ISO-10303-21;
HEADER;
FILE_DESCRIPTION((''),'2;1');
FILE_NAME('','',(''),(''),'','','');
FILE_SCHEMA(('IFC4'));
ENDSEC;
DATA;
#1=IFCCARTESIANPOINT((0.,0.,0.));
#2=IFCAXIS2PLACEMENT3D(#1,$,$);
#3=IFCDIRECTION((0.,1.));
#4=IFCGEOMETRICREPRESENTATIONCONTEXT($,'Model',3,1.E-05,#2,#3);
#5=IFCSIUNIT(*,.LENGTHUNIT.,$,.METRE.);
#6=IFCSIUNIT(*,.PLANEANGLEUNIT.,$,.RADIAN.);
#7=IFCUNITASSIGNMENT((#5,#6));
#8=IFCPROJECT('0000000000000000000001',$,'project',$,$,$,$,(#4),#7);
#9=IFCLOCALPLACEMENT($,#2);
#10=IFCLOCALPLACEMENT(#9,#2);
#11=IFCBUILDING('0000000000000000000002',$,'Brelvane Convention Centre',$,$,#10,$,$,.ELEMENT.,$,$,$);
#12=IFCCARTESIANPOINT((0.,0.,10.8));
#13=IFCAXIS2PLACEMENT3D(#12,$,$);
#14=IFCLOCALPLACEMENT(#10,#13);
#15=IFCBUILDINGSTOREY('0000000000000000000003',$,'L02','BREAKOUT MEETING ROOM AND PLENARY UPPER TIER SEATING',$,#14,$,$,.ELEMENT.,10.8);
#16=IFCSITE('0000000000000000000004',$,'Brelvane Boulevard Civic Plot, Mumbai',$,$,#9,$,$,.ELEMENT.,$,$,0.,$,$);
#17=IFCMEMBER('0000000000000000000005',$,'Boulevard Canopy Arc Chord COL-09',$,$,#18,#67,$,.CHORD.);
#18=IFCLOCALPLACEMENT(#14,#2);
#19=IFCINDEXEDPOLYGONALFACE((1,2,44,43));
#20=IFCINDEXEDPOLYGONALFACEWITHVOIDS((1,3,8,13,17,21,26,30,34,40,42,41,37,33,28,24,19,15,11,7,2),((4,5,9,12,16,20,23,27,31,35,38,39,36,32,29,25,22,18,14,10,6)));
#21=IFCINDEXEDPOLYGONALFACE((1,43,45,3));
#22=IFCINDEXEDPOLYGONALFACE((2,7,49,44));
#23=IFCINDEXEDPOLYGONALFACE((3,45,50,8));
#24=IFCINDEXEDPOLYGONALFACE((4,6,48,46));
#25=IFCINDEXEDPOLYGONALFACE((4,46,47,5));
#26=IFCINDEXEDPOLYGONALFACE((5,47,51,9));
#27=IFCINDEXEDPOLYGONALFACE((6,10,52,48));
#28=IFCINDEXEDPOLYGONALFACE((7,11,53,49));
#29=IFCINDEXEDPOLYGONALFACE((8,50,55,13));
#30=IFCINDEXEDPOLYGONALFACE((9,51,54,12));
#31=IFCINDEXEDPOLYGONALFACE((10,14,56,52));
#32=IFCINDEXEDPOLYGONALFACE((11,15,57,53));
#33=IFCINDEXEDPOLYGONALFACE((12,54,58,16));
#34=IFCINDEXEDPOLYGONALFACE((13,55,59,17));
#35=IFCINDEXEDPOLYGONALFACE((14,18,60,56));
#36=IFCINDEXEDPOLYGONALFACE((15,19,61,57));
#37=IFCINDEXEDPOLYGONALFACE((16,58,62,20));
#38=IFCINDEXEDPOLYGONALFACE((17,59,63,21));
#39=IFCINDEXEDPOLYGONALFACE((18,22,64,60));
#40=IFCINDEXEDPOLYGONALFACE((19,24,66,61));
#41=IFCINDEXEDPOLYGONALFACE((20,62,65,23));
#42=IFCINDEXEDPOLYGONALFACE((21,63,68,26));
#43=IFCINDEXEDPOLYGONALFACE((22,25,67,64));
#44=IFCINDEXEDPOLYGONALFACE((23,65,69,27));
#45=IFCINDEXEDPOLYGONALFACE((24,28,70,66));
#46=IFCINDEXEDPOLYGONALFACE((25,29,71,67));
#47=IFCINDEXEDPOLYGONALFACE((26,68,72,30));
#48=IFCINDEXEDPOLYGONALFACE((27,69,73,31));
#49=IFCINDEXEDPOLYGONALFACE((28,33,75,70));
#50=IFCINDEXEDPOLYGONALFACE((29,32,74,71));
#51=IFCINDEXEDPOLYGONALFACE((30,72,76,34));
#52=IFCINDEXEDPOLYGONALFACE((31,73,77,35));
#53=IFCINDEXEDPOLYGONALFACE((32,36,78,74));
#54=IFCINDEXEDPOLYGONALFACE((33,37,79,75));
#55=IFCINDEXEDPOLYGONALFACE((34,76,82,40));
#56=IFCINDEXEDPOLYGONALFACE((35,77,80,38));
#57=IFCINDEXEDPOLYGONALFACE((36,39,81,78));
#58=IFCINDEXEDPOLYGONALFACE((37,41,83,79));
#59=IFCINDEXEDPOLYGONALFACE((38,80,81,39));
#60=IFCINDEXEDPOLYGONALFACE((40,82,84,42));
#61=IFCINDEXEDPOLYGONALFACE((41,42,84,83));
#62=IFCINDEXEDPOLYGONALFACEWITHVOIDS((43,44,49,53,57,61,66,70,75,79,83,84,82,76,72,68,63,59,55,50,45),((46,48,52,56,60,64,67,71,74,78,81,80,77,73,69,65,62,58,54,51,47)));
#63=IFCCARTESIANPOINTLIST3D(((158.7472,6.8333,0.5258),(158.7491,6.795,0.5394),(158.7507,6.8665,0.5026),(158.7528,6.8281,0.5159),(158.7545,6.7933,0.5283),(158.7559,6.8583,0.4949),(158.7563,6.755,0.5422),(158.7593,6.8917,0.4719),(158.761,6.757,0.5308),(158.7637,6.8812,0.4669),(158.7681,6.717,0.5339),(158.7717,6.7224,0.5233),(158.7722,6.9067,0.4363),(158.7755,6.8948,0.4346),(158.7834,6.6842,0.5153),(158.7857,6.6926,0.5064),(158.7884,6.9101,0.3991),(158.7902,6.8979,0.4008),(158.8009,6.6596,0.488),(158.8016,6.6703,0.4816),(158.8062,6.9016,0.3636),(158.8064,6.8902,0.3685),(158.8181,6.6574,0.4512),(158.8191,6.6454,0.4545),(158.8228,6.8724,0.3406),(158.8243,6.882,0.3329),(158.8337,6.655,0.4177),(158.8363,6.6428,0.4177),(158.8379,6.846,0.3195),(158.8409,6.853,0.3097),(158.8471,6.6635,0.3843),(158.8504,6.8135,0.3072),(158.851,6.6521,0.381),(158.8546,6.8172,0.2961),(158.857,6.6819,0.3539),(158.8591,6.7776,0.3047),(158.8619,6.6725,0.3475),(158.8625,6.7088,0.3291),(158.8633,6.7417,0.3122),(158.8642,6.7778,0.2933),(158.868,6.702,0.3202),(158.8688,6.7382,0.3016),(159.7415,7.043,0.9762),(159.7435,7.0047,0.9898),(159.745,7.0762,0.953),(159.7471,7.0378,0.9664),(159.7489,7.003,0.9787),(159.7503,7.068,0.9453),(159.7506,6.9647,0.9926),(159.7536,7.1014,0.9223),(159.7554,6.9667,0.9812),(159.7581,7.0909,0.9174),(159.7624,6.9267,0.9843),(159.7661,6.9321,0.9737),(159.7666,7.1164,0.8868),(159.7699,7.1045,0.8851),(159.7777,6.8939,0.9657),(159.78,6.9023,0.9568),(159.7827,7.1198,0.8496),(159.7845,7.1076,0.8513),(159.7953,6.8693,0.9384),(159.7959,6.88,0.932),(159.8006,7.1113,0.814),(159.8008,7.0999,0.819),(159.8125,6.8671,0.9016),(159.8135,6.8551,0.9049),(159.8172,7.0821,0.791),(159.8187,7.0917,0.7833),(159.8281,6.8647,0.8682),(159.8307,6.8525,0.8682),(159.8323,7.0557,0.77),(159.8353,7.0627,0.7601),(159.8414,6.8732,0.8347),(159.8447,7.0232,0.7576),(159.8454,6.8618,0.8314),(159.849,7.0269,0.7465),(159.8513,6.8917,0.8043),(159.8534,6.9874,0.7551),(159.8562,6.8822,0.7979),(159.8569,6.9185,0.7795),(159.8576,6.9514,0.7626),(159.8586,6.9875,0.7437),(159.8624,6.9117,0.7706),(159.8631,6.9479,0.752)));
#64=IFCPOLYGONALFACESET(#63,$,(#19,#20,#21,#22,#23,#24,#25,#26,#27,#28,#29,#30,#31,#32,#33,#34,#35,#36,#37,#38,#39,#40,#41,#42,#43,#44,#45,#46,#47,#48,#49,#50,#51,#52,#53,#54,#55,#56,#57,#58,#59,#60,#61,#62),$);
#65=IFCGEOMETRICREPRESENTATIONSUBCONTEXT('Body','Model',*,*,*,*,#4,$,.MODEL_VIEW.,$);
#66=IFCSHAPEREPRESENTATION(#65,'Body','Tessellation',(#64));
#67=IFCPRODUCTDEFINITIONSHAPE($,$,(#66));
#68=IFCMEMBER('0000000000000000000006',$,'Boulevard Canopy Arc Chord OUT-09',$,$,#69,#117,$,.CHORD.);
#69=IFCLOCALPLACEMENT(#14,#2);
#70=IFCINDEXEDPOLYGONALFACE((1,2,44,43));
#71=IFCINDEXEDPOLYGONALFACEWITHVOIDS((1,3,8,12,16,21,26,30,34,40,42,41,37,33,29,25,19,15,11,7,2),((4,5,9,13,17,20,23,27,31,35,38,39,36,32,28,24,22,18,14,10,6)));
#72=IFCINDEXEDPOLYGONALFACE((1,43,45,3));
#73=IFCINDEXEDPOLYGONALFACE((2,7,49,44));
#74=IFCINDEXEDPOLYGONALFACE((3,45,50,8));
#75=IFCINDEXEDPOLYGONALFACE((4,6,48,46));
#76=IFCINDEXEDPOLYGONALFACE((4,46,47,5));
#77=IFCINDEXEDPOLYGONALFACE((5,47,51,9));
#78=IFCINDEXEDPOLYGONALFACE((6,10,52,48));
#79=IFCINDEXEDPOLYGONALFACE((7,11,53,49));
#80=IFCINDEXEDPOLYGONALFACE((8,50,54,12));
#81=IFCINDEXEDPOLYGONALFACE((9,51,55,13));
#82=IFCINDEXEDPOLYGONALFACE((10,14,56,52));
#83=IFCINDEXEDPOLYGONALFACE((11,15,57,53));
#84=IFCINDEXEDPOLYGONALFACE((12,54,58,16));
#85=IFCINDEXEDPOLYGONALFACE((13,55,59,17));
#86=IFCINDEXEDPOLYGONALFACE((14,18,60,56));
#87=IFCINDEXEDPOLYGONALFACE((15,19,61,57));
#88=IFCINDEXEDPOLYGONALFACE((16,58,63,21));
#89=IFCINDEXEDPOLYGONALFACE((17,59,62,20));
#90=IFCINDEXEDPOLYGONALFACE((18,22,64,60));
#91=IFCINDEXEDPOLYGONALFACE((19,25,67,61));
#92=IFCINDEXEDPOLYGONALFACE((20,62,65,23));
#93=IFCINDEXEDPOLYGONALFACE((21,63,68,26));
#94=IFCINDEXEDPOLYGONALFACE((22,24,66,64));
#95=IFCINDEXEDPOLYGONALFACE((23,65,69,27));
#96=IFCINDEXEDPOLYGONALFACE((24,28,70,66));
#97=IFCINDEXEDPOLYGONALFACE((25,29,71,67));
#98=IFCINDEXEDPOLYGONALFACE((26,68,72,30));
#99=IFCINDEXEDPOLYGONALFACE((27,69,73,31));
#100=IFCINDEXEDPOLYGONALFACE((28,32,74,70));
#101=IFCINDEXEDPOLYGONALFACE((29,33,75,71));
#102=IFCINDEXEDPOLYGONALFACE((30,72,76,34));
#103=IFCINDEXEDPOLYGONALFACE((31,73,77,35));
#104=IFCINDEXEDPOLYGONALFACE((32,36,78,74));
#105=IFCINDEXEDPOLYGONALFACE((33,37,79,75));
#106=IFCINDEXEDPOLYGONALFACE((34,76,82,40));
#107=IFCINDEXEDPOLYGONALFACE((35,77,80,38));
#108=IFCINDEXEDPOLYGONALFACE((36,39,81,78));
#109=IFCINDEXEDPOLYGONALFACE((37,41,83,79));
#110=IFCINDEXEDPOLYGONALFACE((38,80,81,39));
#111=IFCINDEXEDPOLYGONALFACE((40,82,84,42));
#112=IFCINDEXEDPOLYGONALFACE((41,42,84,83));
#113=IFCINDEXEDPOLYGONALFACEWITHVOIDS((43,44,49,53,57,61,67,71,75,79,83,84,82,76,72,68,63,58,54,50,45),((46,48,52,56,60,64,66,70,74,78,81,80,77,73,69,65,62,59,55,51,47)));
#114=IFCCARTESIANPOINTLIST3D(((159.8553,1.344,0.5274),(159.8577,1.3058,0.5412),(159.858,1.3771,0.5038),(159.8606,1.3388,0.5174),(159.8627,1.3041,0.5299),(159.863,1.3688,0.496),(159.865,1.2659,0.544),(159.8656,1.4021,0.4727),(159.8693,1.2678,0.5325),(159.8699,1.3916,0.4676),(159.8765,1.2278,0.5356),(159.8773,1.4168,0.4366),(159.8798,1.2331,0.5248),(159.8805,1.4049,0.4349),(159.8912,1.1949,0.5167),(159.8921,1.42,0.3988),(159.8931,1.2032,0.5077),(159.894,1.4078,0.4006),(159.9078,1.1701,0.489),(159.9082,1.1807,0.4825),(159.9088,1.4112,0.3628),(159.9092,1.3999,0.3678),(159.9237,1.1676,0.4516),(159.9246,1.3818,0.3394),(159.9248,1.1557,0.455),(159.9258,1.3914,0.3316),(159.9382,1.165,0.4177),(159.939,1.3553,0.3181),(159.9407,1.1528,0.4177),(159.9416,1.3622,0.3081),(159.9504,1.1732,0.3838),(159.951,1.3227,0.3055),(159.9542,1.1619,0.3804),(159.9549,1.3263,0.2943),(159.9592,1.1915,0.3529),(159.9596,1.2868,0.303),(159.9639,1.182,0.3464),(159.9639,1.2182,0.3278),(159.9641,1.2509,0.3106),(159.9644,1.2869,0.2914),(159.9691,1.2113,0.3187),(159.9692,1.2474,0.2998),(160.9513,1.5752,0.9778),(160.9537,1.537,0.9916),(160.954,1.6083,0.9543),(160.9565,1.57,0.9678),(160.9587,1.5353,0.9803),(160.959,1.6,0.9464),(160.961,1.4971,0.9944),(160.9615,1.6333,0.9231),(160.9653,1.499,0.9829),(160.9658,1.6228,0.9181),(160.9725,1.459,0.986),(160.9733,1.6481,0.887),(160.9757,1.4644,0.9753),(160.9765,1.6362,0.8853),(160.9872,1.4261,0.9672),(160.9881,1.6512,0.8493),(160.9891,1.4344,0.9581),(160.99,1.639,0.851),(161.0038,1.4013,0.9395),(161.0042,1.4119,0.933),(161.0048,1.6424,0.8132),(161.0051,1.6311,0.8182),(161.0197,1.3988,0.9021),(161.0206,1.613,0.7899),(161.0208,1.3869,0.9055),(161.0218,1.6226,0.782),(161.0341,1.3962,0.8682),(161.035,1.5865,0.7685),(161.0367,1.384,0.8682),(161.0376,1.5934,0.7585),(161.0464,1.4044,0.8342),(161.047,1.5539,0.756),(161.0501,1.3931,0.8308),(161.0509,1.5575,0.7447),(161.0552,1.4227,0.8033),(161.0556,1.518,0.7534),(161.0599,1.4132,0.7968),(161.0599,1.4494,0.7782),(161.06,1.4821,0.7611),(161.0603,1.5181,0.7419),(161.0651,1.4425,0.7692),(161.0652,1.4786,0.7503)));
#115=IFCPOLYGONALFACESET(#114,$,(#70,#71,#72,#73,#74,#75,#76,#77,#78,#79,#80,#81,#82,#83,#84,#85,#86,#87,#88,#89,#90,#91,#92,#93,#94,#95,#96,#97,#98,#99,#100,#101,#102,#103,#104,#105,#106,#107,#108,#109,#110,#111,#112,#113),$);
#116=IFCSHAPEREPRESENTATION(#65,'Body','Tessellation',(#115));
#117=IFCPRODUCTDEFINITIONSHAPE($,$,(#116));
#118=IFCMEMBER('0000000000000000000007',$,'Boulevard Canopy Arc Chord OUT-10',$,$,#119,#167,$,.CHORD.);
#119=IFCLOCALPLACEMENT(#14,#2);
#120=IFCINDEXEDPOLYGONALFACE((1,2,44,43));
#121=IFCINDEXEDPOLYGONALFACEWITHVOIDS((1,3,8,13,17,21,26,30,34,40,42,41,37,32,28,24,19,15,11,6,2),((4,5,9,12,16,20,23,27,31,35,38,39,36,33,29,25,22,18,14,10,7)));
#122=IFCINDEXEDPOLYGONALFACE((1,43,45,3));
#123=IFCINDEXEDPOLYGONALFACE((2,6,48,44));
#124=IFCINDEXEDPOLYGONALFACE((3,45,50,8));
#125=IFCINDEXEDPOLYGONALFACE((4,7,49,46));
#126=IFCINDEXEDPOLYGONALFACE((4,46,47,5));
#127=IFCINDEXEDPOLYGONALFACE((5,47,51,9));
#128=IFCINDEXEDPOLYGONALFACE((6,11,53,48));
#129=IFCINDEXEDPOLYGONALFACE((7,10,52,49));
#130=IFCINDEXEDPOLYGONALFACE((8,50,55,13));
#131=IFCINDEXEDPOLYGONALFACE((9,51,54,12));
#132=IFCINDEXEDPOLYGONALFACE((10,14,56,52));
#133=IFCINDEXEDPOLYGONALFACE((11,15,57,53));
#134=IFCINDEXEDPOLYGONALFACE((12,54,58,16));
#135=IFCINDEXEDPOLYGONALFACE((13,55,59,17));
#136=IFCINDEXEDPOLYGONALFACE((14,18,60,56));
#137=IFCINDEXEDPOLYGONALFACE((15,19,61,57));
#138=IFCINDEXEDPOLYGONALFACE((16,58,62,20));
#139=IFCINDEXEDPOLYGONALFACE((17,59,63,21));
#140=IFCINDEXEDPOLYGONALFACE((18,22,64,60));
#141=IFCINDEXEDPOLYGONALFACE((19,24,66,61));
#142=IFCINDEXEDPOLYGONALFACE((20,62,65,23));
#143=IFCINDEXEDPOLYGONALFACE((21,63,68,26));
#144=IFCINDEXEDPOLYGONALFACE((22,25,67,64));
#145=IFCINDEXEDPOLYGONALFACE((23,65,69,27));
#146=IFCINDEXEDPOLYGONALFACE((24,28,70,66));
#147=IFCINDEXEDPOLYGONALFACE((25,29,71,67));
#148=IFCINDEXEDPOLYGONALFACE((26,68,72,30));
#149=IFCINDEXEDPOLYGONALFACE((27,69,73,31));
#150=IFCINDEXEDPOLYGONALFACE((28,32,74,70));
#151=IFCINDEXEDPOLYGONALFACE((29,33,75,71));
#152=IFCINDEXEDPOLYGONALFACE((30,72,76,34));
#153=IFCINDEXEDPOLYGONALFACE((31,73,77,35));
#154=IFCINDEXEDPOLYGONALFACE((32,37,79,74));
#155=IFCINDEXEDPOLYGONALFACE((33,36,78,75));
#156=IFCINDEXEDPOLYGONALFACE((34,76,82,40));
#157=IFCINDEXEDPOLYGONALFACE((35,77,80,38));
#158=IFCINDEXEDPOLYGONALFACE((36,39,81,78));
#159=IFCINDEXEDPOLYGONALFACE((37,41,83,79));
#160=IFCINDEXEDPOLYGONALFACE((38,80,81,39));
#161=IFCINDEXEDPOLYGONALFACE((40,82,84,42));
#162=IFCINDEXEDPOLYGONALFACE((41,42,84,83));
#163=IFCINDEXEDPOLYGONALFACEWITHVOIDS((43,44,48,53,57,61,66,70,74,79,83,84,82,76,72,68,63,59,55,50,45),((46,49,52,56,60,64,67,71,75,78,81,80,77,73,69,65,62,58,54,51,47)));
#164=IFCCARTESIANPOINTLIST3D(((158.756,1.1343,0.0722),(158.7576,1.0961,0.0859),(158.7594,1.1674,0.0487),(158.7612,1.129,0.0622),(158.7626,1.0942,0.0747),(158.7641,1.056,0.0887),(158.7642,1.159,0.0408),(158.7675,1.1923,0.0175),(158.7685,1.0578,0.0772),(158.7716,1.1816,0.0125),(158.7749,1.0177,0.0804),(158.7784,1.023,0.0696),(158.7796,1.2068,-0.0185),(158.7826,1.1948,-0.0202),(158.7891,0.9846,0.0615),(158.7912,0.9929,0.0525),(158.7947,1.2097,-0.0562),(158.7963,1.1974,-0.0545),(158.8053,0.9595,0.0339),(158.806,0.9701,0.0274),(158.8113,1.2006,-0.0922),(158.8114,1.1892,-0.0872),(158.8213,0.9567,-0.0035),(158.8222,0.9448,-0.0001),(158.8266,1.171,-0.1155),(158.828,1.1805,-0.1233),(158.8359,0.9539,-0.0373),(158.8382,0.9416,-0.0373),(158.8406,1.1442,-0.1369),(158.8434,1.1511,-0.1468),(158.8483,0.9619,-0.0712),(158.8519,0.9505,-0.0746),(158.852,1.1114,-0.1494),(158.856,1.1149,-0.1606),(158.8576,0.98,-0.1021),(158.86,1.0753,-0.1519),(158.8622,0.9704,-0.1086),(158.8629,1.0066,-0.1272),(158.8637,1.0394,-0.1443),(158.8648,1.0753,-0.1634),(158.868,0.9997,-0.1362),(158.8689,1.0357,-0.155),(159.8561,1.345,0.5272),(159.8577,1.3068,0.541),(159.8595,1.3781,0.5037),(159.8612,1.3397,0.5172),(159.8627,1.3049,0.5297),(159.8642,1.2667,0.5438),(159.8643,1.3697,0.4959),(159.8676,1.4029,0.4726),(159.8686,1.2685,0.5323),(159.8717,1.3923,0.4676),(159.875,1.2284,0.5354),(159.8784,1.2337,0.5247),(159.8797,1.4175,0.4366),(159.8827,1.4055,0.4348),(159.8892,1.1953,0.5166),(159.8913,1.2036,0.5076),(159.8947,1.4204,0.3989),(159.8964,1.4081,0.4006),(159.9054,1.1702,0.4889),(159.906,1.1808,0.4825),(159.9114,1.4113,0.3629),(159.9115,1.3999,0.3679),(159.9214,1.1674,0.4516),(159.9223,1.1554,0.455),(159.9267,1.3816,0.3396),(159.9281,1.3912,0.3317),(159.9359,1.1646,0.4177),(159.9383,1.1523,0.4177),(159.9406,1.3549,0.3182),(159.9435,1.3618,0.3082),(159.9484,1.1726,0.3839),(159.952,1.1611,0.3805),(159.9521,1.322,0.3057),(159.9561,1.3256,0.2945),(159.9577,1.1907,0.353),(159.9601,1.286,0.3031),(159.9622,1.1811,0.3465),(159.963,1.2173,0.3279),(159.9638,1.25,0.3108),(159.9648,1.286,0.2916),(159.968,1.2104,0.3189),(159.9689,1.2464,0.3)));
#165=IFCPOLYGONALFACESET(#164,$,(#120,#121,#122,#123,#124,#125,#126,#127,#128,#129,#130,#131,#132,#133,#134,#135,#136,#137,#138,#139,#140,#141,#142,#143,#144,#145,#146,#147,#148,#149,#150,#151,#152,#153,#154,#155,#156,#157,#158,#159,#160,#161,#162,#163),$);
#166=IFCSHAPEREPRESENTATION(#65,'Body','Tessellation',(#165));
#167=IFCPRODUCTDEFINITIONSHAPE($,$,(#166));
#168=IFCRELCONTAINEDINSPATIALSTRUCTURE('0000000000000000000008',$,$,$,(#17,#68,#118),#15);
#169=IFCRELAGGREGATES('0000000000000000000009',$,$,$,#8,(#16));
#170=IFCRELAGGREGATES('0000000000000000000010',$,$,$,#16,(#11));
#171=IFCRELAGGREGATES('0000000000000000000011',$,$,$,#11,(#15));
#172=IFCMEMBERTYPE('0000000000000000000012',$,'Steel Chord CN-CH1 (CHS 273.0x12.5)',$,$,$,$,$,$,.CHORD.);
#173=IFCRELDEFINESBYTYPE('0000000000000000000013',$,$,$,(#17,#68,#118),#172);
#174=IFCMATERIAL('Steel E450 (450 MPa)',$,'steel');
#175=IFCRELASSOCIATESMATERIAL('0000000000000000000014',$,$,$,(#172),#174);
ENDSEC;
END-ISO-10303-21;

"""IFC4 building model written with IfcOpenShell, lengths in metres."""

from ifc_helpers import new_model, si_unit, direction, frame, origin, origin_2d, place, context, subcontext, project, spatial, hollow_circle, extrude, material, material_profile, profile_set, type_object, element, save


model = new_model("IFC4")

# Units and contexts
model_context = context("Model", 3, precision=1e-05, world=origin(), true_north=direction((0.0, 1.0)))
body_context = subcontext(model_context, "Body", "Model", "MODEL_VIEW")
ifc_project = project(units=[si_unit("LENGTHUNIT", "METRE"), si_unit("PLANEANGLEUNIT", "RADIAN")], contexts=[model_context])

# Site, building, storey
site_placement = place(None, origin())
site = spatial("IfcSite", under=ifc_project, at=site_placement, Name="Brelvane Boulevard Civic Plot, Mumbai", CompositionType="ELEMENT", RefElevation=0.0)
building_placement = place(site_placement, origin())
building = spatial("IfcBuilding", under=site, at=building_placement, Name="Brelvane Convention Centre", CompositionType="ELEMENT")
storey_placement = place(building_placement, frame((0.0, 0.0, 10.8)))
storey = spatial("IfcBuildingStorey", under=building, at=storey_placement, Name="L02", Description="BREAKOUT MEETING ROOM AND PLENARY UPPER TIER SEATING", CompositionType="ELEMENT", Elevation=10.8)

# Members
ifc_material_1 = material(Name="Steel E450 (450 MPa)", Category="steel")
ifc_material_profile_1 = material_profile(ifc_material_1, hollow_circle(Radius=0.1365, WallThickness=0.0125, at=origin_2d()), Name="CHS 273.0x12.5")
ifc_profile_set_1 = profile_set([ifc_material_profile_1], Name="Steel E450 (450 MPa)")
member_type_1 = type_object("IfcMemberType", Name="Steel Chord CN-CH1 (CHS 273.0x12.5)", PredefinedType="CHORD", material=ifc_profile_set_1)
member_1_placement = place(storey_placement, frame((159.8025, 6.9861, 0.8682), z_axis=(-0.894544, -0.18866, -0.405213), x_axis=(0.206362, -0.978476, 0.0)))
element("IfcMember", 1, at=member_1_placement, inside=storey, type_object=member_type_1, Name="Boulevard Canopy Arc Chord COL-09", PredefinedType="CHORD", context=body_context, shape_type="SweptSolid", body=[
    extrude(hollow_circle(Radius=0.1365, WallThickness=0.0125, at=origin_2d()), origin(), (0.0, 0.0, 1.0), 1.1116),
])
member_2_placement = place(storey_placement, frame((161.0085, 1.5176, 0.8682), z_axis=(-0.907806, -0.191511, -0.373112), x_axis=(0.206417, -0.978464, 0.0)))
element("IfcMember", 2, at=member_2_placement, inside=storey, type_object=member_type_1, Name="Boulevard Canopy Arc Chord OUT-09", PredefinedType="CHORD", context=body_context, shape_type="SweptSolid", body=[
    extrude(hollow_circle(Radius=0.1365, WallThickness=0.0125, at=origin_2d()), origin(), (0.0, 0.0, 1.0), 1.2073),
])
member_3_placement = place(storey_placement, frame((159.9126, 1.2864, 0.4177), z_axis=(-0.909917, -0.174269, -0.376406), x_axis=(0.188104, -0.982149, 0.0)))
element("IfcMember", 3, at=member_3_placement, inside=storey, type_object=member_type_1, Name="Boulevard Canopy Arc Chord OUT-10", PredefinedType="CHORD", context=body_context, shape_type="SweptSolid", body=[
    extrude(hollow_circle(Radius=0.1365, WallThickness=0.0125, at=origin_2d()), origin(), (0.0, 0.0, 1.0), 1.209),
])

save(model, "model.ifc")
